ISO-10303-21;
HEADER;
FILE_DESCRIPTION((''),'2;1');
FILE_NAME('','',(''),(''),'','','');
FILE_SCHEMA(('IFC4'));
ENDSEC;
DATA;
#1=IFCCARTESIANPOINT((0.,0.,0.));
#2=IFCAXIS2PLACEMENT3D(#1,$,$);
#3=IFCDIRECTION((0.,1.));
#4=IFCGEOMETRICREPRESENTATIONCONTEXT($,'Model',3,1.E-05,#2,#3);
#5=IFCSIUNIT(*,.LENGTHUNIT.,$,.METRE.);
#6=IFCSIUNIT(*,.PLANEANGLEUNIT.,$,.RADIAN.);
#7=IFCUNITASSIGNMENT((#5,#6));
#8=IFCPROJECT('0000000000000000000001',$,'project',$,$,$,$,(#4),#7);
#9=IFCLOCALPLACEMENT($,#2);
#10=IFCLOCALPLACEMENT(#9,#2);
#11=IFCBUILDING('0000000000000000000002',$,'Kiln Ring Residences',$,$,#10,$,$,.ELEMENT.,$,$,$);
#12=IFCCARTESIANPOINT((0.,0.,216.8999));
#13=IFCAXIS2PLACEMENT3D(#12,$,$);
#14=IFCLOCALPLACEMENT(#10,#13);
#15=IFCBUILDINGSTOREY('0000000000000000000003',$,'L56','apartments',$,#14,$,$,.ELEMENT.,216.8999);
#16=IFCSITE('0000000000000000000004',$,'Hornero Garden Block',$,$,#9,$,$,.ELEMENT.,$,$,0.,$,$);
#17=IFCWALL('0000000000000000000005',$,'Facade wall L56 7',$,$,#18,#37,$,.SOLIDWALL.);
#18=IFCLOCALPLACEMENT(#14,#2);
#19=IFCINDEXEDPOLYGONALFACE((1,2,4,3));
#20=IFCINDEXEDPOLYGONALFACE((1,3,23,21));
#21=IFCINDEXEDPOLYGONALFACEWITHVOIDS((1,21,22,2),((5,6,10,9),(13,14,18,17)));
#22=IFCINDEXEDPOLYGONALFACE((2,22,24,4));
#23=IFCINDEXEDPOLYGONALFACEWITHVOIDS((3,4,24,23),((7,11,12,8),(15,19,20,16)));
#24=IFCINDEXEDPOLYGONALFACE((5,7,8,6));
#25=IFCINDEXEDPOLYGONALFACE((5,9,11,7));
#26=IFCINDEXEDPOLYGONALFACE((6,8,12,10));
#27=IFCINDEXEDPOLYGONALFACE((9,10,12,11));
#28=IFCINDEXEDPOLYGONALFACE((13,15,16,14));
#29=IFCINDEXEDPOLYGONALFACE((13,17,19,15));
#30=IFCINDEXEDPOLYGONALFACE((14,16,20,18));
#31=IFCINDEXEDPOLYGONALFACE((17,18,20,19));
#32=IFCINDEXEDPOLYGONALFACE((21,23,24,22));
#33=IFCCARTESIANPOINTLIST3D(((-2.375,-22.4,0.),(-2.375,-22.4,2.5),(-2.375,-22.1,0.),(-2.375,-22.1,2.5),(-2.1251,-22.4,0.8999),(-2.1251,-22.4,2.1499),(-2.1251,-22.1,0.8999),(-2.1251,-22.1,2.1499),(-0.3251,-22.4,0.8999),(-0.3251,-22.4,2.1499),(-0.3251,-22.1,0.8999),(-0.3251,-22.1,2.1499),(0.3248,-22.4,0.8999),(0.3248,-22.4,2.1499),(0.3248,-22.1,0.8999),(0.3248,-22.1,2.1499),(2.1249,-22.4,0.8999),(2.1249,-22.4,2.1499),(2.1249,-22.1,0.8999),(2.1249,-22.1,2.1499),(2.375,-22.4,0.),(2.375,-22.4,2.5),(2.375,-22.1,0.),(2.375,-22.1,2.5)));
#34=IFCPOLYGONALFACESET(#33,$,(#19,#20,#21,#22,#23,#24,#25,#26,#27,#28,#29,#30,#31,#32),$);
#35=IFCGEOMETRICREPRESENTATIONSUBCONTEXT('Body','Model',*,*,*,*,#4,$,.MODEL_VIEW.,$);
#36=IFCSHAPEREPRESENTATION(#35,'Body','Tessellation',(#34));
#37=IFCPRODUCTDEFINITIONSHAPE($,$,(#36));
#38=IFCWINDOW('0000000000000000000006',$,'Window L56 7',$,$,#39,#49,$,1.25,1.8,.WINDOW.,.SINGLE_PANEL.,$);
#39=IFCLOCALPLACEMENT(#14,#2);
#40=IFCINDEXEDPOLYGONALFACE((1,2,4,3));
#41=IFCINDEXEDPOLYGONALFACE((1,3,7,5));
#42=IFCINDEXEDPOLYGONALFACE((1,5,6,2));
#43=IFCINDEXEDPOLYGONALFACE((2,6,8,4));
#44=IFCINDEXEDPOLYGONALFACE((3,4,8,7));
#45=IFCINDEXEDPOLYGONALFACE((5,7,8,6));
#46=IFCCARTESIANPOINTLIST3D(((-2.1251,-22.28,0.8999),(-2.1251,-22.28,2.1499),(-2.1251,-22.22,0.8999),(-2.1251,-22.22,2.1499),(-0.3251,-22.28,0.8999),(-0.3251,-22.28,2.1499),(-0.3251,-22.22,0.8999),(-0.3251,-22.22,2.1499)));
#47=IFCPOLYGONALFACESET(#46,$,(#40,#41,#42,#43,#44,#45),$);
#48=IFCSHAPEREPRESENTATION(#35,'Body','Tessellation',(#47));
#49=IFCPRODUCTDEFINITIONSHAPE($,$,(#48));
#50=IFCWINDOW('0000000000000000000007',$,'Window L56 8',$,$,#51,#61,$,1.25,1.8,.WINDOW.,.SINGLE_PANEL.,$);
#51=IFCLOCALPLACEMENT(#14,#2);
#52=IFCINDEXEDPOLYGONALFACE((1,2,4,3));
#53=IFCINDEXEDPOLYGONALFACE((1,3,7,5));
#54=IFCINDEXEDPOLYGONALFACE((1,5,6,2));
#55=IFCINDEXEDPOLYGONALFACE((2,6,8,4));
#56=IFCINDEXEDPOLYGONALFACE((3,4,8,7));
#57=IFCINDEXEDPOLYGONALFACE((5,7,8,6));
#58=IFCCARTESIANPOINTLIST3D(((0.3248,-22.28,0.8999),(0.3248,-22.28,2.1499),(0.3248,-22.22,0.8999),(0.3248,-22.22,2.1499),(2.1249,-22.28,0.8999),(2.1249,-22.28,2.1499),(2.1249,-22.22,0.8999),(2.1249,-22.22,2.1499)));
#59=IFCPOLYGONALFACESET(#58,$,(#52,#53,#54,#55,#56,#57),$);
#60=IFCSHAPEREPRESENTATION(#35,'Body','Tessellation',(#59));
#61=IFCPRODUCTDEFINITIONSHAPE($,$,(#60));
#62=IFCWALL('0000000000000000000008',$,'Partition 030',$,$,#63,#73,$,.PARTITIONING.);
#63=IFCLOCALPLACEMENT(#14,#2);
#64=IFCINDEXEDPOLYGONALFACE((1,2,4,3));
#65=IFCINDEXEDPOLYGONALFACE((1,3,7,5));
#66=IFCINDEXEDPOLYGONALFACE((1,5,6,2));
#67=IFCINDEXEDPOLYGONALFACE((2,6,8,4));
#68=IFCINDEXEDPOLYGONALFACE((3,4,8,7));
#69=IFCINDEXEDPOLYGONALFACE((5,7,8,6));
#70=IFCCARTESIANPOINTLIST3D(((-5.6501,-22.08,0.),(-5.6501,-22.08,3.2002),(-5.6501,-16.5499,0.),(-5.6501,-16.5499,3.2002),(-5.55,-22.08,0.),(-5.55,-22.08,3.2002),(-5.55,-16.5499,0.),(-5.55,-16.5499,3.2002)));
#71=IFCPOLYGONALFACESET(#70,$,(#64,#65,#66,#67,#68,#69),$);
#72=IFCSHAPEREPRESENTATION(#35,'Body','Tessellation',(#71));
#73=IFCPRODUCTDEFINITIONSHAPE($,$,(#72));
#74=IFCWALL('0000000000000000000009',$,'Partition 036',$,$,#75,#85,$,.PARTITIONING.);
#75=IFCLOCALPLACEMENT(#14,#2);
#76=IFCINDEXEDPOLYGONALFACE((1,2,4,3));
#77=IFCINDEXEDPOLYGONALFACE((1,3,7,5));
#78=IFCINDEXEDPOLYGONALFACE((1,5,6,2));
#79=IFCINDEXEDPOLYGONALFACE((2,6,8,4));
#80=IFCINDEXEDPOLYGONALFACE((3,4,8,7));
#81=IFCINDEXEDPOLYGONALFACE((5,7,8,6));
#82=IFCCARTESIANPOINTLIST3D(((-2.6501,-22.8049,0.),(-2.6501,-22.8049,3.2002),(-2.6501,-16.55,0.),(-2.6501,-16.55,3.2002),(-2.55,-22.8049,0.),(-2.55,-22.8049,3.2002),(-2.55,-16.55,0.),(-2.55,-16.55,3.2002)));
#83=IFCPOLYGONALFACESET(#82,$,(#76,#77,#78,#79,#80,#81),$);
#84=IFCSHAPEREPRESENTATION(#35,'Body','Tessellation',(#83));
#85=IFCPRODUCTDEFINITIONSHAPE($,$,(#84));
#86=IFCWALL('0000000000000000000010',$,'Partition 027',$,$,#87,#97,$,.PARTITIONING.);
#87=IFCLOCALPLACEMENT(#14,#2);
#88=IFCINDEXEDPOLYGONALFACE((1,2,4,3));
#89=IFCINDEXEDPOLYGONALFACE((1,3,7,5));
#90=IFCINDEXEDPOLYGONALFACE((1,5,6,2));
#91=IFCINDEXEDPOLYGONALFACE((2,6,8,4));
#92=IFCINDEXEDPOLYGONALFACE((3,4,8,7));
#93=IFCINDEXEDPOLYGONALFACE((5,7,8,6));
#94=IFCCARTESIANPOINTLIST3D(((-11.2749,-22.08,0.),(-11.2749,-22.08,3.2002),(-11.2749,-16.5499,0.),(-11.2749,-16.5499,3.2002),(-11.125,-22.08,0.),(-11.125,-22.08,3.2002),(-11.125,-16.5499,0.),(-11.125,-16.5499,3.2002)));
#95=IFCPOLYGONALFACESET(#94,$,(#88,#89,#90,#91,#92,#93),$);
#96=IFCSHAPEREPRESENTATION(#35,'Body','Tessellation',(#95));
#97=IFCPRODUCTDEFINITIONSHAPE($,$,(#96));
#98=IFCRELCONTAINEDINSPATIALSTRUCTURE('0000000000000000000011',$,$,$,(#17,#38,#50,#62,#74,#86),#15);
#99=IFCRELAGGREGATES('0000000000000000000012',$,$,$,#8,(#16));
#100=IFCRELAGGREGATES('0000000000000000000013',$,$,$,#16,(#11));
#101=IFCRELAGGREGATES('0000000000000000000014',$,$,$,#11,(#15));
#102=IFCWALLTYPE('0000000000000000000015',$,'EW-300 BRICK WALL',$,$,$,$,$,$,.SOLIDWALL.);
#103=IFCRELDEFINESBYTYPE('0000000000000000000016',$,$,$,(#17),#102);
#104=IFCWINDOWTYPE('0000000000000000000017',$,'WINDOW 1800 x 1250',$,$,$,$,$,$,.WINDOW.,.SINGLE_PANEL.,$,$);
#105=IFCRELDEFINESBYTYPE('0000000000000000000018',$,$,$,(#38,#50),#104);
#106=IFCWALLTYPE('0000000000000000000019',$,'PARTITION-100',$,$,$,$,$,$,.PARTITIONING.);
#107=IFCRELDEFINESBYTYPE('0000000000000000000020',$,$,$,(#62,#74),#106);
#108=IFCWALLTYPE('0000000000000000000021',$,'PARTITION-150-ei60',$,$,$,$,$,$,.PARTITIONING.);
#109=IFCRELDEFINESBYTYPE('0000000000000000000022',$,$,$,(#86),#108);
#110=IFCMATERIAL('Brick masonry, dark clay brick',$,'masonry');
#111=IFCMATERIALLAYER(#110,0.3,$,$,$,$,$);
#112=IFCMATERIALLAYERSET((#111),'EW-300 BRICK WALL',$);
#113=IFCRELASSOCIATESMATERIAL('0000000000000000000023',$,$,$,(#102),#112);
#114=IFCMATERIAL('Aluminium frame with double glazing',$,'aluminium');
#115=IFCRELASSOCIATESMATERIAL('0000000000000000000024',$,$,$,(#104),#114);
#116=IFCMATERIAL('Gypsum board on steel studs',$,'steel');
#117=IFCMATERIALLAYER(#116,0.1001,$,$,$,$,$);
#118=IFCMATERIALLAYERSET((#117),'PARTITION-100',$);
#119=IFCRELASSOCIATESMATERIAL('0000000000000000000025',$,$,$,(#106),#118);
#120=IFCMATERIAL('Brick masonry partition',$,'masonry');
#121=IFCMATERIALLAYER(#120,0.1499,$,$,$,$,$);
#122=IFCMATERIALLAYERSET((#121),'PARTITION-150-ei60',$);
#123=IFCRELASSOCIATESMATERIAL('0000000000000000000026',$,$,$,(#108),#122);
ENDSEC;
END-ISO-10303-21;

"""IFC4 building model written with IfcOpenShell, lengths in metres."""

from ifc_helpers import new_model, si_unit, direction, frame, frame_2d, origin, place, context, subcontext, project, spatial, rectangle, extrude, material, layer, layer_set, type_object, element, fill, save


model = new_model("IFC4")

# Units and contexts
model_context = context("Model", 3, precision=1e-05, world=origin(), true_north=direction((0.0, 1.0)))
body_context = subcontext(model_context, "Body", "Model", "MODEL_VIEW")
ifc_project = project(units=[si_unit("LENGTHUNIT", "METRE"), si_unit("PLANEANGLEUNIT", "RADIAN")], contexts=[model_context])

# Site, building, storey
site_placement = place(None, origin())
site = spatial("IfcSite", under=ifc_project, at=site_placement, Name="Hornero Garden Block", CompositionType="ELEMENT", RefElevation=0.0)
building_placement = place(site_placement, origin())
building = spatial("IfcBuilding", under=site, at=building_placement, Name="Kiln Ring Residences", CompositionType="ELEMENT")
storey_placement = place(building_placement, frame((0.0, 0.0, 216.8999)))
storey = spatial("IfcBuildingStorey", under=building, at=storey_placement, Name="L56", Description="apartments", CompositionType="ELEMENT", Elevation=216.8999)

# Wall, openings, windows
ifc_material_1 = material(Name="Brick masonry, dark clay brick", Category="masonry")
ifc_layer_1 = layer(ifc_material_1, 0.3)
ifc_layer_set_1 = layer_set([ifc_layer_1], Name="EW-300 BRICK WALL")
wall_type_1 = type_object("IfcWallType", Name="EW-300 BRICK WALL", PredefinedType="SOLIDWALL", material=ifc_layer_set_1)
ifc_material_2 = material(Name="Aluminium frame with double glazing", Category="aluminium")
window_type_1 = type_object("IfcWindowType", Name="WINDOW 1800 x 1250", PartitioningType="SINGLE_PANEL", PredefinedType="WINDOW", material=ifc_material_2)
wall_1_placement = place(storey_placement, frame((-2.375, -22.25, 0.0), z_axis=(0.0, 0.0, 1.0), x_axis=(1.0, 0.0, 0.0)))
wall_1 = element("IfcWall", 1, at=wall_1_placement, inside=storey, type_object=wall_type_1, Name="Facade wall L56 7", PredefinedType="SOLIDWALL", context=body_context, shape_type="SweptSolid", body=[
    extrude(rectangle(XDim=4.75, YDim=0.3, at=frame_2d((2.375, 0.0))), origin(), (0.0, 0.0, 1.0), 2.5),
])
opening_1_placement = place(wall_1_placement, frame((0.25, 0.0, 0.8999)))
opening_1 = element("IfcOpeningElement", 2, at=opening_1_placement, cuts=wall_1, PredefinedType="OPENING", context=body_context, shape_type="SweptSolid", body=[
    extrude(rectangle(XDim=1.8, YDim=1.25, at=frame_2d((0.8999, 0.625))), frame((0.0, 0.1599, 0.0), z_axis=(0.0, -1.0, 0.0), x_axis=(1.0, 0.0, 0.0)), (0.0, 0.0, 1.0), 0.3201),
])
opening_2_placement = place(wall_1_placement, frame((2.7, 0.0, 0.8999)))
opening_2 = element("IfcOpeningElement", 3, at=opening_2_placement, cuts=wall_1, PredefinedType="OPENING", context=body_context, shape_type="SweptSolid", body=[
    extrude(rectangle(XDim=1.8, YDim=1.25, at=frame_2d((0.8999, 0.625))), frame((0.0, 0.1599, 0.0), z_axis=(0.0, -1.0, 0.0), x_axis=(1.0, 0.0, 0.0)), (0.0, 0.0, 1.0), 0.3201),
])
window_1_placement = place(opening_1_placement, origin())
window_1 = element("IfcWindow", 4, at=window_1_placement, inside=storey, type_object=window_type_1, Name="Window L56 7", OverallHeight=1.25, OverallWidth=1.8, PartitioningType="SINGLE_PANEL", PredefinedType="WINDOW", context=body_context, shape_type="SweptSolid", body=[
    extrude(rectangle(XDim=1.8, YDim=1.25, at=frame_2d((0.8999, 0.625))), frame((0.0, 0.03, 0.0), z_axis=(0.0, -1.0, 0.0), x_axis=(1.0, 0.0, 0.0)), (0.0, 0.0, 1.0), 0.0601),
])
fill(opening_1, window_1)
window_2_placement = place(opening_2_placement, origin())
window_2 = element("IfcWindow", 5, at=window_2_placement, inside=storey, type_object=window_type_1, Name="Window L56 8", OverallHeight=1.25, OverallWidth=1.8, PartitioningType="SINGLE_PANEL", PredefinedType="WINDOW", context=body_context, shape_type="SweptSolid", body=[
    extrude(rectangle(XDim=1.8, YDim=1.25, at=frame_2d((0.8999, 0.625))), frame((0.0, 0.03, 0.0), z_axis=(0.0, -1.0, 0.0), x_axis=(1.0, 0.0, 0.0)), (0.0, 0.0, 1.0), 0.0601),
])
fill(opening_2, window_2)

# Walls
ifc_material_3 = material(Name="Gypsum board on steel studs", Category="steel")
ifc_layer_2 = layer(ifc_material_3, 0.1001)
ifc_layer_set_2 = layer_set([ifc_layer_2], Name="PARTITION-100")
wall_type_2 = type_object("IfcWallType", Name="PARTITION-100", PredefinedType="PARTITIONING", material=ifc_layer_set_2)
wall_2_placement = place(storey_placement, frame((-5.6001, -22.0801, 0.0), z_axis=(0.0, 0.0, 1.0), x_axis=(0.0, 1.0, 0.0)))
element("IfcWall", 6, at=wall_2_placement, inside=storey, type_object=wall_type_2, Name="Partition 030", PredefinedType="PARTITIONING", context=body_context, shape_type="SweptSolid", body=[
    extrude(rectangle(XDim=5.53, YDim=0.1001, at=frame_2d((2.7651, 0.0))), origin(), (0.0, 0.0, 1.0), 3.2002),
])
wall_3_placement = place(storey_placement, frame((-2.6001, -22.8049, 0.0), z_axis=(0.0, 0.0, 1.0), x_axis=(0.0, 1.0, 0.0)))
element("IfcWall", 7, at=wall_3_placement, inside=storey, type_object=wall_type_2, Name="Partition 036", PredefinedType="PARTITIONING", context=body_context, shape_type="SweptSolid", body=[
    extrude(rectangle(XDim=6.2549, YDim=0.1001, at=frame_2d((3.1274, 0.0))), origin(), (0.0, 0.0, 1.0), 3.2002),
])
ifc_material_4 = material(Name="Brick masonry partition", Category="masonry")
ifc_layer_3 = layer(ifc_material_4, 0.1499)
ifc_layer_set_3 = layer_set([ifc_layer_3], Name="PARTITION-150-ei60")
wall_type_3 = type_object("IfcWallType", Name="PARTITION-150-ei60", PredefinedType="PARTITIONING", material=ifc_layer_set_3)
wall_4_placement = place(storey_placement, frame((-11.2, -22.0801, 0.0), z_axis=(0.0, 0.0, 1.0), x_axis=(0.0, 1.0, 0.0)))
element("IfcWall", 8, at=wall_4_placement, inside=storey, type_object=wall_type_3, Name="Partition 027", PredefinedType="PARTITIONING", context=body_context, shape_type="SweptSolid", body=[
    extrude(rectangle(XDim=5.53, YDim=0.1499, at=frame_2d((2.7651, 0.0))), origin(), (0.0, 0.0, 1.0), 3.2002),
])

save(model, "model.ifc")
